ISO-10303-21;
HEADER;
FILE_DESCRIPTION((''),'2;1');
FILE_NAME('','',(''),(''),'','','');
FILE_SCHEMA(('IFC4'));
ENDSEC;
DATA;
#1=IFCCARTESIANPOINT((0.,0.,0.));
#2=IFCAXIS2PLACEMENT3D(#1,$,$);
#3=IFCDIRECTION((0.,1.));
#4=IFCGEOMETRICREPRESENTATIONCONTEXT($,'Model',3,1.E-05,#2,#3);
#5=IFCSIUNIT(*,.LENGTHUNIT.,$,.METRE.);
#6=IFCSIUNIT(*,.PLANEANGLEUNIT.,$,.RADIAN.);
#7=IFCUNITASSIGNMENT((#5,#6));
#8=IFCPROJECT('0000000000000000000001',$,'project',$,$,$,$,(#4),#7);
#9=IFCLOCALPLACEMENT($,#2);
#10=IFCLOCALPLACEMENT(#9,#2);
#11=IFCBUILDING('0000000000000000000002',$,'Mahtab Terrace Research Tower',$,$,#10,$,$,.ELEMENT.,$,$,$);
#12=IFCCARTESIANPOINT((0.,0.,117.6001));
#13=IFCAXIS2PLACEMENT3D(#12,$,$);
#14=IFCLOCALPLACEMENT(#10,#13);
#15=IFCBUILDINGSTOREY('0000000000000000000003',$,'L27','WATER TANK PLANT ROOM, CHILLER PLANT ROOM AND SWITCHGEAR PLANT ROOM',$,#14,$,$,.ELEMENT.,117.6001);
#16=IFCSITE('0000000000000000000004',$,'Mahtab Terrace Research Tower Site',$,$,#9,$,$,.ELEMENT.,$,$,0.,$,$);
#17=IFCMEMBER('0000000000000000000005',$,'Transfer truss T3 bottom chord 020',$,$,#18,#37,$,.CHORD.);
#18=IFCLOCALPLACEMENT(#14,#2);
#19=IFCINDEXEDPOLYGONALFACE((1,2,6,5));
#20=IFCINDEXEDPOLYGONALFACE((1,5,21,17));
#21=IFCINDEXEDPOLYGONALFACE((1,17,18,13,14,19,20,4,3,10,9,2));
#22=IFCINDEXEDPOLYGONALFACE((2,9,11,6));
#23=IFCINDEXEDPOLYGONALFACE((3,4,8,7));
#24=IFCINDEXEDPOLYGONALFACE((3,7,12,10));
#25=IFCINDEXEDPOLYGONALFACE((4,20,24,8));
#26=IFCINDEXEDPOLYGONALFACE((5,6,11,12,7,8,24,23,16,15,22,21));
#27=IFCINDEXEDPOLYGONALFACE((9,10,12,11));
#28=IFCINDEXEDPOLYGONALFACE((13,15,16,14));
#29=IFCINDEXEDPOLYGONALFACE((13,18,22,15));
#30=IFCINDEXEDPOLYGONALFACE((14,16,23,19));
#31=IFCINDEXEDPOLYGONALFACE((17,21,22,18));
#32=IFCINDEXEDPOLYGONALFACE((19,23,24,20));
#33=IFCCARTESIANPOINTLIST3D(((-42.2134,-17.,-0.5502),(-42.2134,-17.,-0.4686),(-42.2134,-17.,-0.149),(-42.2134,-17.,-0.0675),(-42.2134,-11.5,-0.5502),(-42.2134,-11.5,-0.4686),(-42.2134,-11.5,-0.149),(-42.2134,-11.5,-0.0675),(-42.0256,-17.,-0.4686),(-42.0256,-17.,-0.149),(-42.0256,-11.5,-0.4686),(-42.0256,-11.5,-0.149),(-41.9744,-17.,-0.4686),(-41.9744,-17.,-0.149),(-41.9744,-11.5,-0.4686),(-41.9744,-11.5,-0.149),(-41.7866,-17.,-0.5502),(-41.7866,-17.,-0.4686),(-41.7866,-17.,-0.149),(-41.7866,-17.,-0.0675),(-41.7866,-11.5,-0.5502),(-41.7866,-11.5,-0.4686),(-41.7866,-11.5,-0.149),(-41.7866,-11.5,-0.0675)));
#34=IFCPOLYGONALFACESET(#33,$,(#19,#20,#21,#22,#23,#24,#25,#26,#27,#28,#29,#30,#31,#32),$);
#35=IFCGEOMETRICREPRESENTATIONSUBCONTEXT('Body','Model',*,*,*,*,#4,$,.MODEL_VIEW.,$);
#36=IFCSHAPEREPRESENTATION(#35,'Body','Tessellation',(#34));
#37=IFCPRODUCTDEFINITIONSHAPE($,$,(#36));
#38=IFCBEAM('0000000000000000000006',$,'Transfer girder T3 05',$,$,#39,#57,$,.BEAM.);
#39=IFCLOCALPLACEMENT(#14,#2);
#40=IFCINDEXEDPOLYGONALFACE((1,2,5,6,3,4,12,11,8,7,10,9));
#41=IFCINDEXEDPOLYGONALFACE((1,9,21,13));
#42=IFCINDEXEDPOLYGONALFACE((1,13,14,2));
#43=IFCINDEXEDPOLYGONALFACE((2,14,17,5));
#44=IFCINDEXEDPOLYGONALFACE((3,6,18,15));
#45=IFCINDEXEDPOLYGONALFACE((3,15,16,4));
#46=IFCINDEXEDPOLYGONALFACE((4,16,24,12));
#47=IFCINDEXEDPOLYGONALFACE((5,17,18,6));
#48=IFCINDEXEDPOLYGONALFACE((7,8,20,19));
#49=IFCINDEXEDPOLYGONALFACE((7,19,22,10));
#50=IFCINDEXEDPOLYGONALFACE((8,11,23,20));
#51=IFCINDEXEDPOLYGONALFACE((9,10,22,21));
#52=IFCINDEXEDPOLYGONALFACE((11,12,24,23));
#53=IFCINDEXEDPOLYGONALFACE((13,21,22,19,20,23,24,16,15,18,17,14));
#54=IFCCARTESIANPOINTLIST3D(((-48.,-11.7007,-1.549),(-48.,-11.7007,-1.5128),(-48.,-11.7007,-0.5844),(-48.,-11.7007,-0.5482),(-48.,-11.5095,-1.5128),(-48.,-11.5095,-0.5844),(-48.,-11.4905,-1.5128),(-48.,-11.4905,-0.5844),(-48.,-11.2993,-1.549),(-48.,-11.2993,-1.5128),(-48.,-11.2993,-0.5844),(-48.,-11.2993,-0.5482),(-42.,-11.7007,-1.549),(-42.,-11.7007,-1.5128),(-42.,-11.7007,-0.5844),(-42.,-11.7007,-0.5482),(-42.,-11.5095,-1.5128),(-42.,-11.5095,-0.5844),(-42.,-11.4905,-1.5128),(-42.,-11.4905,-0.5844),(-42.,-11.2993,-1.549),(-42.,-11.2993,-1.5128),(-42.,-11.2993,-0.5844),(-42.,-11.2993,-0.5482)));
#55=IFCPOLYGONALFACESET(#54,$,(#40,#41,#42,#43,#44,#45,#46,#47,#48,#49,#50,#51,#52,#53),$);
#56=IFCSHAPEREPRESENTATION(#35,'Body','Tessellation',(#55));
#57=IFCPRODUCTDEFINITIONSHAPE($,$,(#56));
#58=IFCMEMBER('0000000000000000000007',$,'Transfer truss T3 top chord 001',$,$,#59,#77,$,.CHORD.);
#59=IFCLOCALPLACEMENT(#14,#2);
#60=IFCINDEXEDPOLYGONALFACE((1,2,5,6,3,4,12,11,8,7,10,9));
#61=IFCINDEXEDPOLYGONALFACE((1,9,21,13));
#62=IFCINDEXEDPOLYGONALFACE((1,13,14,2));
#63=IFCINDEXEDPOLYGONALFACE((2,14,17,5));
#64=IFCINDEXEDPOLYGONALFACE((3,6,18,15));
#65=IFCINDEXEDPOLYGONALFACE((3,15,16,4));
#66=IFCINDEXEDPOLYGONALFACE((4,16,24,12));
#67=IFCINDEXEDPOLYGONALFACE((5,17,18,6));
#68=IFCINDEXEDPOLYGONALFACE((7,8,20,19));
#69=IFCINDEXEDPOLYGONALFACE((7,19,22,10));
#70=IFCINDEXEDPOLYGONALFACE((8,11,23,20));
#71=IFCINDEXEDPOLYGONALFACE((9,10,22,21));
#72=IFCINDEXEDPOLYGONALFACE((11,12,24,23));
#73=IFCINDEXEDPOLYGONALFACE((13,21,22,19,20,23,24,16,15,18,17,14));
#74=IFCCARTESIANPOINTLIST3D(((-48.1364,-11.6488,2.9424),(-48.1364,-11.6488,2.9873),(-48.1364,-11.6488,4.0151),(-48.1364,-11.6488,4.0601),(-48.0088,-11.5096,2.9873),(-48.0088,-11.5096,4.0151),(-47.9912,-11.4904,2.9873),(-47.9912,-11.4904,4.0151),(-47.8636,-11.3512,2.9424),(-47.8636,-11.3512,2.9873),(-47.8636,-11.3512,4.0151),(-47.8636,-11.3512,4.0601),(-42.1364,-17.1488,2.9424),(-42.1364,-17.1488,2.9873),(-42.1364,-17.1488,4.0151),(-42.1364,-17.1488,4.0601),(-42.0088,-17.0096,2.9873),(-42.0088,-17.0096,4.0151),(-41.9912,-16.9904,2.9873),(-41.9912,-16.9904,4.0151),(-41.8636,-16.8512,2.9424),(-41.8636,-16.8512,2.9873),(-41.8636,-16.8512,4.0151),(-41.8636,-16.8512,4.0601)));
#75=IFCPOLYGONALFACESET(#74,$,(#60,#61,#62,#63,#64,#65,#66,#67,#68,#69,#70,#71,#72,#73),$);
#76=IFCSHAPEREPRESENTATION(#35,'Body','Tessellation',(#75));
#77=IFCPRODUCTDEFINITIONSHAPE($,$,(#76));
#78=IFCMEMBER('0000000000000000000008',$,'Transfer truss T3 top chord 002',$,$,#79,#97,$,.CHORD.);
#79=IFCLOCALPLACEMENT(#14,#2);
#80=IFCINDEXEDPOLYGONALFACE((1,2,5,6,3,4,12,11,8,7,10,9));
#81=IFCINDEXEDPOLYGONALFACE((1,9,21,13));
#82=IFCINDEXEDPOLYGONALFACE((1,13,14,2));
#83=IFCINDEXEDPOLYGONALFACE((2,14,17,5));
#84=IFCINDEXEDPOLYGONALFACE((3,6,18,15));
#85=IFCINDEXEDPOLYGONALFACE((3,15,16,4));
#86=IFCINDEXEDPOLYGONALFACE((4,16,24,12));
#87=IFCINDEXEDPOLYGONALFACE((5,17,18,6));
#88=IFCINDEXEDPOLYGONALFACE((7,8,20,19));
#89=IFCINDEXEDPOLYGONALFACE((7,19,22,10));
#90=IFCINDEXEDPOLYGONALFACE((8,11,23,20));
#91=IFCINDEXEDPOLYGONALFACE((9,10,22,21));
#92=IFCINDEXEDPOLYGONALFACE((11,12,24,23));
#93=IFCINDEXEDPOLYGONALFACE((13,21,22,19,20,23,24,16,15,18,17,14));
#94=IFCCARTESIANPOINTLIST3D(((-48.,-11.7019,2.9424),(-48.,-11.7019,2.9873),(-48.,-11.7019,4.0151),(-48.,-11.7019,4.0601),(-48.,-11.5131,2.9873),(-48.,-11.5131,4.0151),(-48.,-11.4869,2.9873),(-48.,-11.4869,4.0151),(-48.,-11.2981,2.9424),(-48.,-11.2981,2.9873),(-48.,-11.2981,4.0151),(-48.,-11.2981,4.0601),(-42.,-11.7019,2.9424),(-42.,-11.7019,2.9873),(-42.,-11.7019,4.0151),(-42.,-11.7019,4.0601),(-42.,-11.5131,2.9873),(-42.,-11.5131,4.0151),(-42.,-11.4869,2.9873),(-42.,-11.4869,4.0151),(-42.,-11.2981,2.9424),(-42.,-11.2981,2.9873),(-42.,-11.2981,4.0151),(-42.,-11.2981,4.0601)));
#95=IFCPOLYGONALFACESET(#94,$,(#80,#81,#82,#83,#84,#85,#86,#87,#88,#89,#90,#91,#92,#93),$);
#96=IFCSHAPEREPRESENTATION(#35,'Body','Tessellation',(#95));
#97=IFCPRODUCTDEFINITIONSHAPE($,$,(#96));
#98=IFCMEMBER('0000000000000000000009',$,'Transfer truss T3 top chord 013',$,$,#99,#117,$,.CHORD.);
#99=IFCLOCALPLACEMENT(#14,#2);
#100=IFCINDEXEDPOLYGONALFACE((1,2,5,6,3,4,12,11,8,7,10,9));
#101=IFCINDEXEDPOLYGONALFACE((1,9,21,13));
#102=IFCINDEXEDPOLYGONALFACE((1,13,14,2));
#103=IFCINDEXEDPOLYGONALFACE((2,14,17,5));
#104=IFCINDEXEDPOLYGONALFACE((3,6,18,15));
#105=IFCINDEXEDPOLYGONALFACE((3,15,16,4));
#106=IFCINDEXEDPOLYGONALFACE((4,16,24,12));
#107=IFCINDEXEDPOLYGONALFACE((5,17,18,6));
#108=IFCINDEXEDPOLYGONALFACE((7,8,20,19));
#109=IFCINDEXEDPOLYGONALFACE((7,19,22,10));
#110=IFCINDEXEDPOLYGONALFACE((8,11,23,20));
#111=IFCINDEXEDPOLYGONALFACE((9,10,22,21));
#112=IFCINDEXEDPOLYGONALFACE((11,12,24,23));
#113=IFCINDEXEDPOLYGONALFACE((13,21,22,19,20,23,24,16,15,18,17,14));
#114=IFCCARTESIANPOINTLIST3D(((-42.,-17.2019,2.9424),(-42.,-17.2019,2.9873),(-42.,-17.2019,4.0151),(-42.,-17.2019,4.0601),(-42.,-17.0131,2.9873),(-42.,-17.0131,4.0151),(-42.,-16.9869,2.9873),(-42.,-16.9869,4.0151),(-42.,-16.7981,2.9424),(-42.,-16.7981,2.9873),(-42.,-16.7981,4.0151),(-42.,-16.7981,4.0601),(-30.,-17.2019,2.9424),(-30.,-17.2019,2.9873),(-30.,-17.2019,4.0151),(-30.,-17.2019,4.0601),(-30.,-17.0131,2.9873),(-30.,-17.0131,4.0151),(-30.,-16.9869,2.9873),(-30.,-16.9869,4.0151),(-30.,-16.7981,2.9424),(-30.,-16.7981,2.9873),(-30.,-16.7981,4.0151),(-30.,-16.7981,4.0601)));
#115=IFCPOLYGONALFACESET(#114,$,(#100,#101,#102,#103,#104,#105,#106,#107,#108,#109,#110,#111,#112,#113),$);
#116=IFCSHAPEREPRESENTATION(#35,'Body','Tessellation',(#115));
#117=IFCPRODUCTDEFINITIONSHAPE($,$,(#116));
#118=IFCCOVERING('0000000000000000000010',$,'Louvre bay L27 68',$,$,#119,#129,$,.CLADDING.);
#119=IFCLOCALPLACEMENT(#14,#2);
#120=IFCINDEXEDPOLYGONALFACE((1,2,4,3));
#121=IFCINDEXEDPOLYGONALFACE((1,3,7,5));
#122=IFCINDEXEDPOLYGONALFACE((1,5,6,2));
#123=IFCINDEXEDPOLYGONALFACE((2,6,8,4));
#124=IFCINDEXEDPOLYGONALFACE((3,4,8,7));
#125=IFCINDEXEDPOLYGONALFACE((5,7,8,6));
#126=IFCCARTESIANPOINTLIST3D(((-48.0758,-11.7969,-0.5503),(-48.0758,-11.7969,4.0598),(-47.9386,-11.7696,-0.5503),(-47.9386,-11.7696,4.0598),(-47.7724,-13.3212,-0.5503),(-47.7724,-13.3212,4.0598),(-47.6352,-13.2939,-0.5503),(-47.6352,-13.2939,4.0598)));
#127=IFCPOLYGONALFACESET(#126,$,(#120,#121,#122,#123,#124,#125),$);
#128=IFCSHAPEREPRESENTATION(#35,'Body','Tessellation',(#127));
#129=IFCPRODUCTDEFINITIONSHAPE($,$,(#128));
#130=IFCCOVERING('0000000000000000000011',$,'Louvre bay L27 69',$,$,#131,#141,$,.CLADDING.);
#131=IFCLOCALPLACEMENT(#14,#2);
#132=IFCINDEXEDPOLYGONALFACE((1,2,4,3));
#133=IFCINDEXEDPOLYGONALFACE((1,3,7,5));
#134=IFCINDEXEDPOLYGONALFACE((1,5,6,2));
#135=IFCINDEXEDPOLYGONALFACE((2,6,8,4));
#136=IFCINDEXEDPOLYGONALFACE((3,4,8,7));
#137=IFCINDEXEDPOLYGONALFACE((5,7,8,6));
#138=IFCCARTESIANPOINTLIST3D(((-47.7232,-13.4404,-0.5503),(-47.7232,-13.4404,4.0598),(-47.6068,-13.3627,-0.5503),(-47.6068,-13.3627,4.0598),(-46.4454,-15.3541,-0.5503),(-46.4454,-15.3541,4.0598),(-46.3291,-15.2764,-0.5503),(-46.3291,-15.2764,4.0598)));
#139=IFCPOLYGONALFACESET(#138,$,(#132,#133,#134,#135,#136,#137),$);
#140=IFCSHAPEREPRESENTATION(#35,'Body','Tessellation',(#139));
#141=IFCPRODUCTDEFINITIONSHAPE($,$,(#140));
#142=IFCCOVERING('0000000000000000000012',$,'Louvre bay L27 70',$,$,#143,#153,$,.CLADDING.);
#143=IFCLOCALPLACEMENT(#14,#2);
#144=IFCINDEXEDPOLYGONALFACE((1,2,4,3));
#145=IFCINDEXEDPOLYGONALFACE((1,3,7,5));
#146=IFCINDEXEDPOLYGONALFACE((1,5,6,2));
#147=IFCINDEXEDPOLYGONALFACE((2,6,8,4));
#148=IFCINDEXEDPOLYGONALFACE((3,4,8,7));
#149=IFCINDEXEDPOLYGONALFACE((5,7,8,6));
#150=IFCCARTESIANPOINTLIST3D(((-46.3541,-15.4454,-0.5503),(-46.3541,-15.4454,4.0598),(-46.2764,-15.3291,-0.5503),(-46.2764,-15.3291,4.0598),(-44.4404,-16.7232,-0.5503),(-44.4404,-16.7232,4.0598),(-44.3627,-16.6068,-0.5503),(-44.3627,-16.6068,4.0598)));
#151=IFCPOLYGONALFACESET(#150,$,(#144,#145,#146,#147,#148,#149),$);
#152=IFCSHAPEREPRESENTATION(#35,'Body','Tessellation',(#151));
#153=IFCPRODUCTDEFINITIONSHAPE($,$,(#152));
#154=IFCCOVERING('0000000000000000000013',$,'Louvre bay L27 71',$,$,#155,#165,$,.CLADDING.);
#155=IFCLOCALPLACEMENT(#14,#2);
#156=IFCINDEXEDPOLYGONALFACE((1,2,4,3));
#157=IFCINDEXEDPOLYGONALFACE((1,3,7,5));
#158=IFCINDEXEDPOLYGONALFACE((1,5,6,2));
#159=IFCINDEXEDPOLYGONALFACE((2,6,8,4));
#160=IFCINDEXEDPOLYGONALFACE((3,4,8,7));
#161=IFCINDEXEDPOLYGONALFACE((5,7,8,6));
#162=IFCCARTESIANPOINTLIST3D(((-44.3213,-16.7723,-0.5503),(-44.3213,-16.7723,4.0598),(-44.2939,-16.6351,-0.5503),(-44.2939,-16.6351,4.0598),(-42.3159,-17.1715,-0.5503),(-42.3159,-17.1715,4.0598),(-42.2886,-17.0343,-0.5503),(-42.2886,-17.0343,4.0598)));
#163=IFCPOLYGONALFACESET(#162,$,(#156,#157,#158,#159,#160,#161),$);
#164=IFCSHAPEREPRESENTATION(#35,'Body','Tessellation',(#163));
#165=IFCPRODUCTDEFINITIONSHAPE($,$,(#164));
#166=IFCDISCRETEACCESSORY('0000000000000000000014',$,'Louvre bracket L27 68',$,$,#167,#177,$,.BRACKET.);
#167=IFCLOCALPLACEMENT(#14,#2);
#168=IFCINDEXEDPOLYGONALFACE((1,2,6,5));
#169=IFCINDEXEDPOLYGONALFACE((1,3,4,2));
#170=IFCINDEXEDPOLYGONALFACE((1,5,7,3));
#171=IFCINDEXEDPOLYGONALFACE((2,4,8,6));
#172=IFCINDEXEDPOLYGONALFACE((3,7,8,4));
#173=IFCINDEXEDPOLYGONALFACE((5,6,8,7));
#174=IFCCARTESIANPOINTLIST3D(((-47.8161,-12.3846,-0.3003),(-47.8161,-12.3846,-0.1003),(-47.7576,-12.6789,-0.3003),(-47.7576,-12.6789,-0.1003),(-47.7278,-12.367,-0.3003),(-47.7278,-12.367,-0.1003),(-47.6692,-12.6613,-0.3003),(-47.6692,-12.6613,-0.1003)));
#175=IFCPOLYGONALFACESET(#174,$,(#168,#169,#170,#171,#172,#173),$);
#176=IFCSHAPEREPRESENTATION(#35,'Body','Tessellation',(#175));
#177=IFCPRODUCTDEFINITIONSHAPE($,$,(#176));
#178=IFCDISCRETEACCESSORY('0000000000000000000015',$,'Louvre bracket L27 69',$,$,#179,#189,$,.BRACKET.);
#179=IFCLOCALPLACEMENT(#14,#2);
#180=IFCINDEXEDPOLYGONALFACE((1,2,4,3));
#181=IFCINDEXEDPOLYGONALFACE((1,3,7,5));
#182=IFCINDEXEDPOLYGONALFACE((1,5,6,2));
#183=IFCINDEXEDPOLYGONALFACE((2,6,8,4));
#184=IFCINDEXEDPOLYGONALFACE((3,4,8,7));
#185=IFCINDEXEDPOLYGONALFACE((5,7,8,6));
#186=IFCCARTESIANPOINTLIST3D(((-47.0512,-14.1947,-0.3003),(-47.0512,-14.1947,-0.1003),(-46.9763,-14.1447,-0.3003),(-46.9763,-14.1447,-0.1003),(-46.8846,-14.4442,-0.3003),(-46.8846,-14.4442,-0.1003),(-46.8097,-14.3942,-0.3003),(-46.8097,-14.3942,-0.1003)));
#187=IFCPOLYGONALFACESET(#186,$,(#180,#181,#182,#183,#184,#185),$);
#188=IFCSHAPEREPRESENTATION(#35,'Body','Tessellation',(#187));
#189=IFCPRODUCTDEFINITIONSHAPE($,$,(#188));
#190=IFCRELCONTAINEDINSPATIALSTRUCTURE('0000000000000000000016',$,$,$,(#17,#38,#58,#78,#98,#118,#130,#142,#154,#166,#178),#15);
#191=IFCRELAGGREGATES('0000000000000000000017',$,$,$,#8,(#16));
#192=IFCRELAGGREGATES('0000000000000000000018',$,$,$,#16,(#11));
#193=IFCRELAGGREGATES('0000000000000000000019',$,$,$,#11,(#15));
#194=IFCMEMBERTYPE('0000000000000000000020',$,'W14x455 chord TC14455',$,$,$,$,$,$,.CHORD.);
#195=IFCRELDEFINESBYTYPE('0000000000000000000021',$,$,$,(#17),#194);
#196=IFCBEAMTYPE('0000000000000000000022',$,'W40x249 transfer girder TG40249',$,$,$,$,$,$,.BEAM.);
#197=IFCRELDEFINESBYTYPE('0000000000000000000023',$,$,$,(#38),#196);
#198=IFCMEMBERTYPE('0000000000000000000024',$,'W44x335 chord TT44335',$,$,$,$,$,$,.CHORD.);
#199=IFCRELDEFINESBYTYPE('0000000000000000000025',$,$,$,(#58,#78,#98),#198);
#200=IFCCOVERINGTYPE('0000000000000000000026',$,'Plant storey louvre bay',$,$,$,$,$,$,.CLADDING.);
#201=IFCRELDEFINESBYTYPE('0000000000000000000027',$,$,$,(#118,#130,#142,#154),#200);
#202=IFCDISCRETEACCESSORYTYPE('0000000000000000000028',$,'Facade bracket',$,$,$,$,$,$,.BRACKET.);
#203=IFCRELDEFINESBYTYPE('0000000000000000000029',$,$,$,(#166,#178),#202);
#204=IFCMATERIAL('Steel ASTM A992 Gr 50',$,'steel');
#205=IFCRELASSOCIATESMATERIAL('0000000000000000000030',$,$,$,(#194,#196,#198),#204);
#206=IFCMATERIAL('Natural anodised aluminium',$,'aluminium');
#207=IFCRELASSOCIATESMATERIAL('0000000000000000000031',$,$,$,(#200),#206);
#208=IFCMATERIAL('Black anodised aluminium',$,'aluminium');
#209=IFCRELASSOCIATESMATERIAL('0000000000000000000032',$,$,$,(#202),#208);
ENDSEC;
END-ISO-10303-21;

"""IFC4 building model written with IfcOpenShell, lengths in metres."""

from ifc_helpers import new_model, si_unit, direction, frame, origin, origin_2d, place, context, subcontext, project, spatial, rectangle, i_section, extrude, material, material_profile, profile_set, type_object, element, save


model = new_model("IFC4")

# Units and contexts
model_context = context("Model", 3, precision=1e-05, world=origin(), true_north=direction((0.0, 1.0)))
body_context = subcontext(model_context, "Body", "Model", "MODEL_VIEW")
ifc_project = project(units=[si_unit("LENGTHUNIT", "METRE"), si_unit("PLANEANGLEUNIT", "RADIAN")], contexts=[model_context])

# Site, building, storey
site_placement = place(None, origin())
site = spatial("IfcSite", under=ifc_project, at=site_placement, Name="Mahtab Terrace Research Tower Site", CompositionType="ELEMENT", RefElevation=0.0)
building_placement = place(site_placement, origin())
building = spatial("IfcBuilding", under=site, at=building_placement, Name="Mahtab Terrace Research Tower", CompositionType="ELEMENT")
storey_placement = place(building_placement, frame((0.0, 0.0, 117.6001)))
storey = spatial("IfcBuildingStorey", under=building, at=storey_placement, Name="L27", Description="WATER TANK PLANT ROOM, CHILLER PLANT ROOM AND SWITCHGEAR PLANT ROOM", CompositionType="ELEMENT", Elevation=117.6001)

# Shared definitions
ifc_material_1 = material(Name="Steel ASTM A992 Gr 50", Category="steel")

# Member
ifc_material_profile_1 = material_profile(ifc_material_1, i_section(OverallWidth=0.4268, OverallDepth=0.4827, WebThickness=0.0513, FlangeThickness=0.0815, at=origin_2d()), Name="W14X455")
ifc_profile_set_1 = profile_set([ifc_material_profile_1], Name="Steel ASTM A992 Gr 50")
member_type_1 = type_object("IfcMemberType", Name="W14x455 chord TC14455", PredefinedType="CHORD", material=ifc_profile_set_1)
member_1_placement = place(storey_placement, frame((-42.0, -17.0, -0.3088), z_axis=(0.0, 1.0, 0.0), x_axis=(-1.0, 0.0, 0.0)))
element("IfcMember", 1, at=member_1_placement, inside=storey, type_object=member_type_1, Name="Transfer truss T3 bottom chord 020", PredefinedType="CHORD", context=body_context, shape_type="SweptSolid", body=[
    extrude(i_section(OverallWidth=0.4268, OverallDepth=0.4827, WebThickness=0.0513, FlangeThickness=0.0815, at=origin_2d()), origin(), (0.0, 0.0, 1.0), 5.5),
])

# Beam
ifc_material_profile_2 = material_profile(ifc_material_1, i_section(OverallWidth=0.4014, OverallDepth=1.0007, WebThickness=0.019, FlangeThickness=0.0361, at=origin_2d()), Name="W40X249")
ifc_profile_set_2 = profile_set([ifc_material_profile_2], Name="Steel ASTM A992 Gr 50")
beam_type = type_object("IfcBeamType", Name="W40x249 transfer girder TG40249", PredefinedType="BEAM", material=ifc_profile_set_2)
beam_placement = place(storey_placement, frame((-48.0, -11.5, -1.0486), z_axis=(1.0, 0.0, 0.0), x_axis=(0.0, 1.0, 0.0)))
element("IfcBeam", 2, at=beam_placement, inside=storey, type_object=beam_type, Name="Transfer girder T3 05", PredefinedType="BEAM", context=body_context, shape_type="SweptSolid", body=[
    extrude(i_section(OverallWidth=0.4014, OverallDepth=1.0007, WebThickness=0.019, FlangeThickness=0.0361, at=origin_2d()), origin(), (0.0, 0.0, 1.0), 6.0),
])

# Members
ifc_material_profile_3 = material_profile(ifc_material_1, i_section(OverallWidth=0.4038, OverallDepth=1.1177, WebThickness=0.0261, FlangeThickness=0.0449, at=origin_2d()), Name="W44X335")
ifc_profile_set_3 = profile_set([ifc_material_profile_3], Name="Steel ASTM A992 Gr 50")
member_type_2 = type_object("IfcMemberType", Name="W44x335 chord TT44335", PredefinedType="CHORD", material=ifc_profile_set_3)
member_2_placement = place(storey_placement, frame((-48.0, -11.5, 3.5012), z_axis=(0.737154, -0.675725, 0.0), x_axis=(0.675725, 0.737154, 0.0)))
element("IfcMember", 3, at=member_2_placement, inside=storey, type_object=member_type_2, Name="Transfer truss T3 top chord 001", PredefinedType="CHORD", context=body_context, shape_type="SweptSolid", body=[
    extrude(i_section(OverallWidth=0.4038, OverallDepth=1.1177, WebThickness=0.0261, FlangeThickness=0.0449, at=origin_2d()), origin(), (0.0, 0.0, 1.0), 8.1394),
])
member_3_placement = place(storey_placement, frame((-48.0, -11.5, 3.5012), z_axis=(1.0, 0.0, 0.0), x_axis=(0.0, 1.0, 0.0)))
element("IfcMember", 4, at=member_3_placement, inside=storey, type_object=member_type_2, Name="Transfer truss T3 top chord 002", PredefinedType="CHORD", context=body_context, shape_type="SweptSolid", body=[
    extrude(i_section(OverallWidth=0.4038, OverallDepth=1.1177, WebThickness=0.0261, FlangeThickness=0.0449, at=origin_2d()), origin(), (0.0, 0.0, 1.0), 6.0),
])
member_4_placement = place(storey_placement, frame((-42.0, -17.0, 3.5012), z_axis=(1.0, 0.0, 0.0), x_axis=(0.0, 1.0, 0.0)))
element("IfcMember", 5, at=member_4_placement, inside=storey, type_object=member_type_2, Name="Transfer truss T3 top chord 013", PredefinedType="CHORD", context=body_context, shape_type="SweptSolid", body=[
    extrude(i_section(OverallWidth=0.4038, OverallDepth=1.1177, WebThickness=0.0261, FlangeThickness=0.0449, at=origin_2d()), origin(), (0.0, 0.0, 1.0), 12.0),
])

# Coverings
ifc_material_2 = material(Name="Natural anodised aluminium", Category="aluminium")
covering_type = type_object("IfcCoveringType", Name="Plant storey louvre bay", PredefinedType="CLADDING", material=ifc_material_2)
covering_1_placement = place(storey_placement, frame((-47.8555, -12.5454, -0.5503), z_axis=(0.0, 0.0, 1.0), x_axis=(0.195212, -0.980761, 0.0)))
element("IfcCovering", 6, at=covering_1_placement, inside=storey, type_object=covering_type, Name="Louvre bay L27 68", PredefinedType="CLADDING", context=body_context, shape_type="SweptSolid", body=[
    extrude(rectangle(XDim=1.5542, YDim=0.1399, at=origin_2d()), origin(), (0.0, 0.0, 1.0), 4.6101),
])
for number, where, z_axis, x_axis, name in (
    (7, (-47.0261, -14.3584, -0.5503), (0.0, 0.0, 1.0), (0.555291, -0.831656, 0.0), "Louvre bay L27 69"),
    (8, (-45.3584, -16.0261, -0.5503), (0.0, 0.0, 1.0), (0.831656, -0.555291, 0.0), "Louvre bay L27 70"),
):
    element("IfcCovering", number, at=place(storey_placement, frame(where, z_axis=z_axis, x_axis=x_axis)), inside=storey, type_object=covering_type, Name=name, PredefinedType="CLADDING", context=body_context, shape_type="SweptSolid", body=[
        extrude(rectangle(XDim=2.301, YDim=0.1399, at=origin_2d()), origin(), (0.0, 0.0, 1.0), 4.6101),
    ])
covering_2_placement = place(storey_placement, frame((-43.3049, -16.9033, -0.5503), z_axis=(0.0, 0.0, 1.0), x_axis=(0.980761, -0.195212, 0.0)))
element("IfcCovering", 9, at=covering_2_placement, inside=storey, type_object=covering_type, Name="Louvre bay L27 71", PredefinedType="CLADDING", context=body_context, shape_type="SweptSolid", body=[
    extrude(rectangle(XDim=2.0447, YDim=0.1399, at=origin_2d()), origin(), (0.0, 0.0, 1.0), 4.6101),
])

# Discrete accessories
ifc_material_3 = material(Name="Black anodised aluminium", Category="aluminium")
discrete_accessory_type_1 = type_object("IfcDiscreteAccessoryType", Name="Facade bracket", PredefinedType="BRACKET", material=ifc_material_3)
for number, where, z_axis, x_axis, name in (
    (10, (-47.7427, -12.5229, -0.3003), (0.0, 0.0, 1.0), (0.195212, -0.980761, 0.0), "Louvre bracket L27 68"),
    (11, (-46.9304, -14.2944, -0.3003), (0.0, 0.0, 1.0), (0.555291, -0.831656, 0.0), "Louvre bracket L27 69"),
):
    element("IfcDiscreteAccessory", number, at=place(storey_placement, frame(where, z_axis=z_axis, x_axis=x_axis)), inside=storey, type_object=discrete_accessory_type_1, Name=name, PredefinedType="BRACKET", context=body_context, shape_type="SweptSolid", body=[
        extrude(rectangle(XDim=0.3, YDim=0.0901, at=origin_2d()), origin(), (0.0, 0.0, 1.0), 0.2),
    ])

save(model, "model.ifc")
